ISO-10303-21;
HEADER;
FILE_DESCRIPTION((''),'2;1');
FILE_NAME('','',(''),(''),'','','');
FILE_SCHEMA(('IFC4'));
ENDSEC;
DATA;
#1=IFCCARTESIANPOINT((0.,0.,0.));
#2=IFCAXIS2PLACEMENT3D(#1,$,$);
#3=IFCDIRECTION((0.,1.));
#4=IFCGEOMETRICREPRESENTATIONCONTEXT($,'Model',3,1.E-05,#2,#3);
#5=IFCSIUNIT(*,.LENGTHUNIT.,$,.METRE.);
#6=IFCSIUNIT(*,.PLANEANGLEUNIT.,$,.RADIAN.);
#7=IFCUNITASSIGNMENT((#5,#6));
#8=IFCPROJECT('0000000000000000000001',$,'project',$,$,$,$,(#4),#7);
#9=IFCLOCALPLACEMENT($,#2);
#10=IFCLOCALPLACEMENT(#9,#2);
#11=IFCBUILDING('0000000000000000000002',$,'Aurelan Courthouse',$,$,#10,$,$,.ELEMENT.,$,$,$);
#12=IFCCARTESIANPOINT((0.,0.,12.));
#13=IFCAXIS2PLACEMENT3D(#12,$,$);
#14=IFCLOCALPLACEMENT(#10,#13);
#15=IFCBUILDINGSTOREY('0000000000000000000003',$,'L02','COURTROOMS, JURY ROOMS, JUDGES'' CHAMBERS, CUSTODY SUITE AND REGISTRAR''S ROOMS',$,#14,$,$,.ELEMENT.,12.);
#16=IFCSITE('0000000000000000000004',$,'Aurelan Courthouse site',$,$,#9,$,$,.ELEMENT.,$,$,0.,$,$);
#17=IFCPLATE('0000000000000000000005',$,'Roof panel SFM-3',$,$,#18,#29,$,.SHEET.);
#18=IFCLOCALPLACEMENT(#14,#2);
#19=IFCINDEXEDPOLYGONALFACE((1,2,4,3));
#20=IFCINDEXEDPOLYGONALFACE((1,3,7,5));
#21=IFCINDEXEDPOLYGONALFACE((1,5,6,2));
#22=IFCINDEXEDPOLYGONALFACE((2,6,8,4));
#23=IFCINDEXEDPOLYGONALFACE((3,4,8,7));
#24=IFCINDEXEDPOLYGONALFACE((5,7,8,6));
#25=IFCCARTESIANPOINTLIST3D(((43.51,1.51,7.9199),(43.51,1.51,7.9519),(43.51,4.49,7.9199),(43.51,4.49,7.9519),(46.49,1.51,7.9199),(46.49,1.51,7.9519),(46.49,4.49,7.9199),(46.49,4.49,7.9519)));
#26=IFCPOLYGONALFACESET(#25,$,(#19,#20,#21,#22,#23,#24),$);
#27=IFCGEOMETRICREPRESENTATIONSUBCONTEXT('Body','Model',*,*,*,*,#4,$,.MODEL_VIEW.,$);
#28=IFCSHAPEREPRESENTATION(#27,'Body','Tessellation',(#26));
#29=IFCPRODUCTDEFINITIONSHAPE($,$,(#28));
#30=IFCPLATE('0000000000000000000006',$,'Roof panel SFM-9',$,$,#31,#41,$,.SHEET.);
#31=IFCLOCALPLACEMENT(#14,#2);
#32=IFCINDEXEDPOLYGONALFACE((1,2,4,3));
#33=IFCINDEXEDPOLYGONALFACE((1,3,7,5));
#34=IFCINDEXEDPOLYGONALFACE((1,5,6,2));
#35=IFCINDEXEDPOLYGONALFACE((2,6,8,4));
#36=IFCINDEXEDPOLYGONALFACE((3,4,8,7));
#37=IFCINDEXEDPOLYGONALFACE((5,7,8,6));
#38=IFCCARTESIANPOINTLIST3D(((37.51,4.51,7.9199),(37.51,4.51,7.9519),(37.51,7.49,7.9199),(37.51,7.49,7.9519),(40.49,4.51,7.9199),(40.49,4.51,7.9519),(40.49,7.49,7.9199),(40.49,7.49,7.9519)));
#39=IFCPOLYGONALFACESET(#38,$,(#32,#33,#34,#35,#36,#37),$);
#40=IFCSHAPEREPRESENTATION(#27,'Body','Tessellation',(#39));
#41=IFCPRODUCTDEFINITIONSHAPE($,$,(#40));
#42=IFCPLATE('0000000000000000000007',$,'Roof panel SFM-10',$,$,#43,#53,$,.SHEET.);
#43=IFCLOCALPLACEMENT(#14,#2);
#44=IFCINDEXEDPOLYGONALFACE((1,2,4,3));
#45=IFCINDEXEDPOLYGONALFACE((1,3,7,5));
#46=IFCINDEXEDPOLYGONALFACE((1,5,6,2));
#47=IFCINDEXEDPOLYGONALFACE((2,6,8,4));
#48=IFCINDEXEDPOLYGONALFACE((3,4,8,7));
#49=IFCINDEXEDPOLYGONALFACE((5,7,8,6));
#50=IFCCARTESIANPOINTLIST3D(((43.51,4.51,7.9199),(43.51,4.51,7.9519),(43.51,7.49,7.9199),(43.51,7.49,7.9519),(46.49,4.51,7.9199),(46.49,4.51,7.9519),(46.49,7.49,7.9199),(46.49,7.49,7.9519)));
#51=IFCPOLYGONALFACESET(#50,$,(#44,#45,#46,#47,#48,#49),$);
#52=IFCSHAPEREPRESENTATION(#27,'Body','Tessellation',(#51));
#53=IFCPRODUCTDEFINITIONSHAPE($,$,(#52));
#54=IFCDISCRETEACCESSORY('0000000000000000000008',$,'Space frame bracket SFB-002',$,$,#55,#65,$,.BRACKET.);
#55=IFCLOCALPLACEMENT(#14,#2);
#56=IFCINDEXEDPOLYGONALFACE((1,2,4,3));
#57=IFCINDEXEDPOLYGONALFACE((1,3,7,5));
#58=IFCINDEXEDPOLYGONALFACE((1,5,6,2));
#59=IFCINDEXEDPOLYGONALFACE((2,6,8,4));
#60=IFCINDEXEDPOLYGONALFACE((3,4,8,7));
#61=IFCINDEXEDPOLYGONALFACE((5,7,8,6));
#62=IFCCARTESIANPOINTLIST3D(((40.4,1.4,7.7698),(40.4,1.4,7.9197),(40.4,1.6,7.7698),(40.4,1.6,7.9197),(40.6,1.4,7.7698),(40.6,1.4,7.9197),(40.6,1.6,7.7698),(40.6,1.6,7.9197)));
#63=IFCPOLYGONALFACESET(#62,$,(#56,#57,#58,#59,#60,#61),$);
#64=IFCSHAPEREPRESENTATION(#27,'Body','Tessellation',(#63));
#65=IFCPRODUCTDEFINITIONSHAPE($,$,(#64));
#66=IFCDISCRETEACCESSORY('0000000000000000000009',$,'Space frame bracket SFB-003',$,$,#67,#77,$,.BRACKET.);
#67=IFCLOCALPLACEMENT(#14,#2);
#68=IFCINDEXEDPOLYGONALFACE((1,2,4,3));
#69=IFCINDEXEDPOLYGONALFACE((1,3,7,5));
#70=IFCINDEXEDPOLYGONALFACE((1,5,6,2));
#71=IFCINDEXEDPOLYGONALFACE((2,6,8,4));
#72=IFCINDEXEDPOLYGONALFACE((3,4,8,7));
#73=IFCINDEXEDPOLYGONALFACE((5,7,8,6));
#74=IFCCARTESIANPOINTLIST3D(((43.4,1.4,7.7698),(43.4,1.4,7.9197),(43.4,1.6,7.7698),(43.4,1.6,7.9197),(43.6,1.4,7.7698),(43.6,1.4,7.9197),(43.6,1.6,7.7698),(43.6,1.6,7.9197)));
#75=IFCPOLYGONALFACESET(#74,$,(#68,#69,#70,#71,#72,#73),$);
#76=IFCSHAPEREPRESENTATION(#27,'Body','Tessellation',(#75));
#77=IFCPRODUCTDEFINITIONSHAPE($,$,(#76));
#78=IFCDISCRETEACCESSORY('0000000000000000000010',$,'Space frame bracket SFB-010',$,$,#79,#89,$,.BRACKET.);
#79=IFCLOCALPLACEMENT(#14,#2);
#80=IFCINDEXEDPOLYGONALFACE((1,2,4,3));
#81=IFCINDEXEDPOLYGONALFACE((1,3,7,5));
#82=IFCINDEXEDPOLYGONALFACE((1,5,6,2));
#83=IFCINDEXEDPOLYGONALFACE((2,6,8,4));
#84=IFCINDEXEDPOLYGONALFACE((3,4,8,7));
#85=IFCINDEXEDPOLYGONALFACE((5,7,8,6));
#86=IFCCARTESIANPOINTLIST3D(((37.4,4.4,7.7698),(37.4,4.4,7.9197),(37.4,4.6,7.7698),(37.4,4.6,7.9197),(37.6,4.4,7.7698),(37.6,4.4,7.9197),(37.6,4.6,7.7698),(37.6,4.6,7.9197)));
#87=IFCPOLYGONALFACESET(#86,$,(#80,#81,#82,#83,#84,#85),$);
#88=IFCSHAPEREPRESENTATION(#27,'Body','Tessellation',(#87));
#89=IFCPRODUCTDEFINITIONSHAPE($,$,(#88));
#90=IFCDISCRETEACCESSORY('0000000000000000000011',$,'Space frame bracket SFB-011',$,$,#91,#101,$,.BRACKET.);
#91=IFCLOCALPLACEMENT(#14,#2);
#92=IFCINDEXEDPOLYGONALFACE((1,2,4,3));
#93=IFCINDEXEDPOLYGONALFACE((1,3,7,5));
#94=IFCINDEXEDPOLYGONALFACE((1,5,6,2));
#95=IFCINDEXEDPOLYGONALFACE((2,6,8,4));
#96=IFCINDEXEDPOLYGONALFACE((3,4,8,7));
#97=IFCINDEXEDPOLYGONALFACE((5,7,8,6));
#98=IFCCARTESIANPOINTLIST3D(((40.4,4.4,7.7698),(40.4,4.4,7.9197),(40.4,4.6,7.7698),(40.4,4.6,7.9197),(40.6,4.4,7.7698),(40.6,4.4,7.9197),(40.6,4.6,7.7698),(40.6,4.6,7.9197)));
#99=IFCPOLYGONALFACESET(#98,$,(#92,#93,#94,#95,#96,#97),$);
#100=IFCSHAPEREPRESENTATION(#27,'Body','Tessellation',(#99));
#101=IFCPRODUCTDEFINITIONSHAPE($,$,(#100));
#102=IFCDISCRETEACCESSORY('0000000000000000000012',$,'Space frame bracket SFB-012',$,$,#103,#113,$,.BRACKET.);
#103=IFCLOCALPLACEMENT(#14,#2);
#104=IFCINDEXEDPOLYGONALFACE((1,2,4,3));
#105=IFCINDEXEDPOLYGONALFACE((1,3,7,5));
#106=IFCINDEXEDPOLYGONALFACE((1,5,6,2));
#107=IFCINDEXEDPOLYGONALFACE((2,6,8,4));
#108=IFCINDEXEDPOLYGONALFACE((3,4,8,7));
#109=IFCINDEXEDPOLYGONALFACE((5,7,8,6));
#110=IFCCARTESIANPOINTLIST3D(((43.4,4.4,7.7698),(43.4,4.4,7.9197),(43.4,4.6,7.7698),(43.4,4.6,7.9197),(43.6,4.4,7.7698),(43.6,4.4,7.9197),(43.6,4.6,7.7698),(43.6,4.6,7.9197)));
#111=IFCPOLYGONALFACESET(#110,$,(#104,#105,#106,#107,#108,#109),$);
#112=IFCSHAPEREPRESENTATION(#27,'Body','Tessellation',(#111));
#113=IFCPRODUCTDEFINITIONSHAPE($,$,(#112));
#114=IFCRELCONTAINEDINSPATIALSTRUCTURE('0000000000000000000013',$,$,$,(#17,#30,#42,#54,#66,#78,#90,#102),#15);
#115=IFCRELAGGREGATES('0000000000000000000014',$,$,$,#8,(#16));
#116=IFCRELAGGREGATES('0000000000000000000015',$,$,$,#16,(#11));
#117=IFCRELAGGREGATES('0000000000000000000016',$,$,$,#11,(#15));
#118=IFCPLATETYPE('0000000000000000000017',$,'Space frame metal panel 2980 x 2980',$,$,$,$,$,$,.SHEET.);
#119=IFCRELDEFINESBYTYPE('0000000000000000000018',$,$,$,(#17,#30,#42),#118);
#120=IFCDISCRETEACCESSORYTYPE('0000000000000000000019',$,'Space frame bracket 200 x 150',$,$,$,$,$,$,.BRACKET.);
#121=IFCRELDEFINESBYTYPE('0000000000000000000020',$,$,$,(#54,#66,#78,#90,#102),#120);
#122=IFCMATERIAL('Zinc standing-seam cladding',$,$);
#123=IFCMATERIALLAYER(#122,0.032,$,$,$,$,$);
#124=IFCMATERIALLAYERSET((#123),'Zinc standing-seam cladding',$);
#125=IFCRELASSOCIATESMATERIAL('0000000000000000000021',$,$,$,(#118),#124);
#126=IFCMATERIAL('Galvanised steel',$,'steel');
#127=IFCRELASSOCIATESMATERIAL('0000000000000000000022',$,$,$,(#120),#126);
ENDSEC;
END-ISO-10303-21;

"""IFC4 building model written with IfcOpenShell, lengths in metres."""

from ifc_helpers import new_model, si_unit, direction, frame, origin, origin_2d, place, context, subcontext, project, spatial, rectangle, extrude, material, layer, layer_set, type_object, element, save


model = new_model("IFC4")

# Units and contexts
model_context = context("Model", 3, precision=1e-05, world=origin(), true_north=direction((0.0, 1.0)))
body_context = subcontext(model_context, "Body", "Model", "MODEL_VIEW")
ifc_project = project(units=[si_unit("LENGTHUNIT", "METRE"), si_unit("PLANEANGLEUNIT", "RADIAN")], contexts=[model_context])

# Site, building, storey
site_placement = place(None, origin())
site = spatial("IfcSite", under=ifc_project, at=site_placement, Name="Aurelan Courthouse site", CompositionType="ELEMENT", RefElevation=0.0)
building_placement = place(site_placement, origin())
building = spatial("IfcBuilding", under=site, at=building_placement, Name="Aurelan Courthouse", CompositionType="ELEMENT")
storey_placement = place(building_placement, frame((0.0, 0.0, 12.0)))
storey = spatial("IfcBuildingStorey", under=building, at=storey_placement, Name="L02", Description="COURTROOMS, JURY ROOMS, JUDGES' CHAMBERS, CUSTODY SUITE AND REGISTRAR'S ROOMS", CompositionType="ELEMENT", Elevation=12.0)

# Plates
ifc_material_1 = material(Name="Zinc standing-seam cladding")
ifc_layer_1 = layer(ifc_material_1, 0.032)
ifc_layer_set_1 = layer_set([ifc_layer_1], Name="Zinc standing-seam cladding")
plate_type_1 = type_object("IfcPlateType", Name="Space frame metal panel 2980 x 2980", PredefinedType="SHEET", material=ifc_layer_set_1)
for number, where, z_axis, x_axis, name in (
    (1, (45.0, 3.0, 7.9199), (0.0, 0.0, 1.0), (1.0, 0.0, 0.0), "Roof panel SFM-3"),
    (2, (39.0, 6.0, 7.9199), (0.0, 0.0, 1.0), (1.0, 0.0, 0.0), "Roof panel SFM-9"),
    (3, (45.0, 6.0, 7.9199), (0.0, 0.0, 1.0), (1.0, 0.0, 0.0), "Roof panel SFM-10"),
):
    element("IfcPlate", number, at=place(storey_placement, frame(where, z_axis=z_axis, x_axis=x_axis)), inside=storey, type_object=plate_type_1, Name=name, PredefinedType="SHEET", context=body_context, shape_type="SweptSolid", body=[
        extrude(rectangle(XDim=2.98, YDim=2.98, at=origin_2d()), origin(), (0.0, 0.0, 1.0), 0.032),
    ])

# Discrete accessories
ifc_material_2 = material(Name="Galvanised steel", Category="steel")
discrete_accessory_type = type_object("IfcDiscreteAccessoryType", Name="Space frame bracket 200 x 150", PredefinedType="BRACKET", material=ifc_material_2)
for number, where, z_axis, x_axis, name in (
    (4, (40.5, 1.5, 7.7698), (0.0, 0.0, 1.0), (1.0, 0.0, 0.0), "Space frame bracket SFB-002"),
    (5, (43.5, 1.5, 7.7698), (0.0, 0.0, 1.0), (1.0, 0.0, 0.0), "Space frame bracket SFB-003"),
    (6, (37.5, 4.5, 7.7698), (0.0, 0.0, 1.0), (1.0, 0.0, 0.0), "Space frame bracket SFB-010"),
    (7, (40.5, 4.5, 7.7698), (0.0, 0.0, 1.0), (1.0, 0.0, 0.0), "Space frame bracket SFB-011"),
    (8, (43.5, 4.5, 7.7698), (0.0, 0.0, 1.0), (1.0, 0.0, 0.0), "Space frame bracket SFB-012"),
):
    element("IfcDiscreteAccessory", number, at=place(storey_placement, frame(where, z_axis=z_axis, x_axis=x_axis)), inside=storey, type_object=discrete_accessory_type, Name=name, PredefinedType="BRACKET", context=body_context, shape_type="SweptSolid", body=[
        extrude(rectangle(XDim=0.2, YDim=0.2, at=origin_2d()), origin(), (0.0, 0.0, 1.0), 0.1499),
    ])

save(model, "model.ifc")
